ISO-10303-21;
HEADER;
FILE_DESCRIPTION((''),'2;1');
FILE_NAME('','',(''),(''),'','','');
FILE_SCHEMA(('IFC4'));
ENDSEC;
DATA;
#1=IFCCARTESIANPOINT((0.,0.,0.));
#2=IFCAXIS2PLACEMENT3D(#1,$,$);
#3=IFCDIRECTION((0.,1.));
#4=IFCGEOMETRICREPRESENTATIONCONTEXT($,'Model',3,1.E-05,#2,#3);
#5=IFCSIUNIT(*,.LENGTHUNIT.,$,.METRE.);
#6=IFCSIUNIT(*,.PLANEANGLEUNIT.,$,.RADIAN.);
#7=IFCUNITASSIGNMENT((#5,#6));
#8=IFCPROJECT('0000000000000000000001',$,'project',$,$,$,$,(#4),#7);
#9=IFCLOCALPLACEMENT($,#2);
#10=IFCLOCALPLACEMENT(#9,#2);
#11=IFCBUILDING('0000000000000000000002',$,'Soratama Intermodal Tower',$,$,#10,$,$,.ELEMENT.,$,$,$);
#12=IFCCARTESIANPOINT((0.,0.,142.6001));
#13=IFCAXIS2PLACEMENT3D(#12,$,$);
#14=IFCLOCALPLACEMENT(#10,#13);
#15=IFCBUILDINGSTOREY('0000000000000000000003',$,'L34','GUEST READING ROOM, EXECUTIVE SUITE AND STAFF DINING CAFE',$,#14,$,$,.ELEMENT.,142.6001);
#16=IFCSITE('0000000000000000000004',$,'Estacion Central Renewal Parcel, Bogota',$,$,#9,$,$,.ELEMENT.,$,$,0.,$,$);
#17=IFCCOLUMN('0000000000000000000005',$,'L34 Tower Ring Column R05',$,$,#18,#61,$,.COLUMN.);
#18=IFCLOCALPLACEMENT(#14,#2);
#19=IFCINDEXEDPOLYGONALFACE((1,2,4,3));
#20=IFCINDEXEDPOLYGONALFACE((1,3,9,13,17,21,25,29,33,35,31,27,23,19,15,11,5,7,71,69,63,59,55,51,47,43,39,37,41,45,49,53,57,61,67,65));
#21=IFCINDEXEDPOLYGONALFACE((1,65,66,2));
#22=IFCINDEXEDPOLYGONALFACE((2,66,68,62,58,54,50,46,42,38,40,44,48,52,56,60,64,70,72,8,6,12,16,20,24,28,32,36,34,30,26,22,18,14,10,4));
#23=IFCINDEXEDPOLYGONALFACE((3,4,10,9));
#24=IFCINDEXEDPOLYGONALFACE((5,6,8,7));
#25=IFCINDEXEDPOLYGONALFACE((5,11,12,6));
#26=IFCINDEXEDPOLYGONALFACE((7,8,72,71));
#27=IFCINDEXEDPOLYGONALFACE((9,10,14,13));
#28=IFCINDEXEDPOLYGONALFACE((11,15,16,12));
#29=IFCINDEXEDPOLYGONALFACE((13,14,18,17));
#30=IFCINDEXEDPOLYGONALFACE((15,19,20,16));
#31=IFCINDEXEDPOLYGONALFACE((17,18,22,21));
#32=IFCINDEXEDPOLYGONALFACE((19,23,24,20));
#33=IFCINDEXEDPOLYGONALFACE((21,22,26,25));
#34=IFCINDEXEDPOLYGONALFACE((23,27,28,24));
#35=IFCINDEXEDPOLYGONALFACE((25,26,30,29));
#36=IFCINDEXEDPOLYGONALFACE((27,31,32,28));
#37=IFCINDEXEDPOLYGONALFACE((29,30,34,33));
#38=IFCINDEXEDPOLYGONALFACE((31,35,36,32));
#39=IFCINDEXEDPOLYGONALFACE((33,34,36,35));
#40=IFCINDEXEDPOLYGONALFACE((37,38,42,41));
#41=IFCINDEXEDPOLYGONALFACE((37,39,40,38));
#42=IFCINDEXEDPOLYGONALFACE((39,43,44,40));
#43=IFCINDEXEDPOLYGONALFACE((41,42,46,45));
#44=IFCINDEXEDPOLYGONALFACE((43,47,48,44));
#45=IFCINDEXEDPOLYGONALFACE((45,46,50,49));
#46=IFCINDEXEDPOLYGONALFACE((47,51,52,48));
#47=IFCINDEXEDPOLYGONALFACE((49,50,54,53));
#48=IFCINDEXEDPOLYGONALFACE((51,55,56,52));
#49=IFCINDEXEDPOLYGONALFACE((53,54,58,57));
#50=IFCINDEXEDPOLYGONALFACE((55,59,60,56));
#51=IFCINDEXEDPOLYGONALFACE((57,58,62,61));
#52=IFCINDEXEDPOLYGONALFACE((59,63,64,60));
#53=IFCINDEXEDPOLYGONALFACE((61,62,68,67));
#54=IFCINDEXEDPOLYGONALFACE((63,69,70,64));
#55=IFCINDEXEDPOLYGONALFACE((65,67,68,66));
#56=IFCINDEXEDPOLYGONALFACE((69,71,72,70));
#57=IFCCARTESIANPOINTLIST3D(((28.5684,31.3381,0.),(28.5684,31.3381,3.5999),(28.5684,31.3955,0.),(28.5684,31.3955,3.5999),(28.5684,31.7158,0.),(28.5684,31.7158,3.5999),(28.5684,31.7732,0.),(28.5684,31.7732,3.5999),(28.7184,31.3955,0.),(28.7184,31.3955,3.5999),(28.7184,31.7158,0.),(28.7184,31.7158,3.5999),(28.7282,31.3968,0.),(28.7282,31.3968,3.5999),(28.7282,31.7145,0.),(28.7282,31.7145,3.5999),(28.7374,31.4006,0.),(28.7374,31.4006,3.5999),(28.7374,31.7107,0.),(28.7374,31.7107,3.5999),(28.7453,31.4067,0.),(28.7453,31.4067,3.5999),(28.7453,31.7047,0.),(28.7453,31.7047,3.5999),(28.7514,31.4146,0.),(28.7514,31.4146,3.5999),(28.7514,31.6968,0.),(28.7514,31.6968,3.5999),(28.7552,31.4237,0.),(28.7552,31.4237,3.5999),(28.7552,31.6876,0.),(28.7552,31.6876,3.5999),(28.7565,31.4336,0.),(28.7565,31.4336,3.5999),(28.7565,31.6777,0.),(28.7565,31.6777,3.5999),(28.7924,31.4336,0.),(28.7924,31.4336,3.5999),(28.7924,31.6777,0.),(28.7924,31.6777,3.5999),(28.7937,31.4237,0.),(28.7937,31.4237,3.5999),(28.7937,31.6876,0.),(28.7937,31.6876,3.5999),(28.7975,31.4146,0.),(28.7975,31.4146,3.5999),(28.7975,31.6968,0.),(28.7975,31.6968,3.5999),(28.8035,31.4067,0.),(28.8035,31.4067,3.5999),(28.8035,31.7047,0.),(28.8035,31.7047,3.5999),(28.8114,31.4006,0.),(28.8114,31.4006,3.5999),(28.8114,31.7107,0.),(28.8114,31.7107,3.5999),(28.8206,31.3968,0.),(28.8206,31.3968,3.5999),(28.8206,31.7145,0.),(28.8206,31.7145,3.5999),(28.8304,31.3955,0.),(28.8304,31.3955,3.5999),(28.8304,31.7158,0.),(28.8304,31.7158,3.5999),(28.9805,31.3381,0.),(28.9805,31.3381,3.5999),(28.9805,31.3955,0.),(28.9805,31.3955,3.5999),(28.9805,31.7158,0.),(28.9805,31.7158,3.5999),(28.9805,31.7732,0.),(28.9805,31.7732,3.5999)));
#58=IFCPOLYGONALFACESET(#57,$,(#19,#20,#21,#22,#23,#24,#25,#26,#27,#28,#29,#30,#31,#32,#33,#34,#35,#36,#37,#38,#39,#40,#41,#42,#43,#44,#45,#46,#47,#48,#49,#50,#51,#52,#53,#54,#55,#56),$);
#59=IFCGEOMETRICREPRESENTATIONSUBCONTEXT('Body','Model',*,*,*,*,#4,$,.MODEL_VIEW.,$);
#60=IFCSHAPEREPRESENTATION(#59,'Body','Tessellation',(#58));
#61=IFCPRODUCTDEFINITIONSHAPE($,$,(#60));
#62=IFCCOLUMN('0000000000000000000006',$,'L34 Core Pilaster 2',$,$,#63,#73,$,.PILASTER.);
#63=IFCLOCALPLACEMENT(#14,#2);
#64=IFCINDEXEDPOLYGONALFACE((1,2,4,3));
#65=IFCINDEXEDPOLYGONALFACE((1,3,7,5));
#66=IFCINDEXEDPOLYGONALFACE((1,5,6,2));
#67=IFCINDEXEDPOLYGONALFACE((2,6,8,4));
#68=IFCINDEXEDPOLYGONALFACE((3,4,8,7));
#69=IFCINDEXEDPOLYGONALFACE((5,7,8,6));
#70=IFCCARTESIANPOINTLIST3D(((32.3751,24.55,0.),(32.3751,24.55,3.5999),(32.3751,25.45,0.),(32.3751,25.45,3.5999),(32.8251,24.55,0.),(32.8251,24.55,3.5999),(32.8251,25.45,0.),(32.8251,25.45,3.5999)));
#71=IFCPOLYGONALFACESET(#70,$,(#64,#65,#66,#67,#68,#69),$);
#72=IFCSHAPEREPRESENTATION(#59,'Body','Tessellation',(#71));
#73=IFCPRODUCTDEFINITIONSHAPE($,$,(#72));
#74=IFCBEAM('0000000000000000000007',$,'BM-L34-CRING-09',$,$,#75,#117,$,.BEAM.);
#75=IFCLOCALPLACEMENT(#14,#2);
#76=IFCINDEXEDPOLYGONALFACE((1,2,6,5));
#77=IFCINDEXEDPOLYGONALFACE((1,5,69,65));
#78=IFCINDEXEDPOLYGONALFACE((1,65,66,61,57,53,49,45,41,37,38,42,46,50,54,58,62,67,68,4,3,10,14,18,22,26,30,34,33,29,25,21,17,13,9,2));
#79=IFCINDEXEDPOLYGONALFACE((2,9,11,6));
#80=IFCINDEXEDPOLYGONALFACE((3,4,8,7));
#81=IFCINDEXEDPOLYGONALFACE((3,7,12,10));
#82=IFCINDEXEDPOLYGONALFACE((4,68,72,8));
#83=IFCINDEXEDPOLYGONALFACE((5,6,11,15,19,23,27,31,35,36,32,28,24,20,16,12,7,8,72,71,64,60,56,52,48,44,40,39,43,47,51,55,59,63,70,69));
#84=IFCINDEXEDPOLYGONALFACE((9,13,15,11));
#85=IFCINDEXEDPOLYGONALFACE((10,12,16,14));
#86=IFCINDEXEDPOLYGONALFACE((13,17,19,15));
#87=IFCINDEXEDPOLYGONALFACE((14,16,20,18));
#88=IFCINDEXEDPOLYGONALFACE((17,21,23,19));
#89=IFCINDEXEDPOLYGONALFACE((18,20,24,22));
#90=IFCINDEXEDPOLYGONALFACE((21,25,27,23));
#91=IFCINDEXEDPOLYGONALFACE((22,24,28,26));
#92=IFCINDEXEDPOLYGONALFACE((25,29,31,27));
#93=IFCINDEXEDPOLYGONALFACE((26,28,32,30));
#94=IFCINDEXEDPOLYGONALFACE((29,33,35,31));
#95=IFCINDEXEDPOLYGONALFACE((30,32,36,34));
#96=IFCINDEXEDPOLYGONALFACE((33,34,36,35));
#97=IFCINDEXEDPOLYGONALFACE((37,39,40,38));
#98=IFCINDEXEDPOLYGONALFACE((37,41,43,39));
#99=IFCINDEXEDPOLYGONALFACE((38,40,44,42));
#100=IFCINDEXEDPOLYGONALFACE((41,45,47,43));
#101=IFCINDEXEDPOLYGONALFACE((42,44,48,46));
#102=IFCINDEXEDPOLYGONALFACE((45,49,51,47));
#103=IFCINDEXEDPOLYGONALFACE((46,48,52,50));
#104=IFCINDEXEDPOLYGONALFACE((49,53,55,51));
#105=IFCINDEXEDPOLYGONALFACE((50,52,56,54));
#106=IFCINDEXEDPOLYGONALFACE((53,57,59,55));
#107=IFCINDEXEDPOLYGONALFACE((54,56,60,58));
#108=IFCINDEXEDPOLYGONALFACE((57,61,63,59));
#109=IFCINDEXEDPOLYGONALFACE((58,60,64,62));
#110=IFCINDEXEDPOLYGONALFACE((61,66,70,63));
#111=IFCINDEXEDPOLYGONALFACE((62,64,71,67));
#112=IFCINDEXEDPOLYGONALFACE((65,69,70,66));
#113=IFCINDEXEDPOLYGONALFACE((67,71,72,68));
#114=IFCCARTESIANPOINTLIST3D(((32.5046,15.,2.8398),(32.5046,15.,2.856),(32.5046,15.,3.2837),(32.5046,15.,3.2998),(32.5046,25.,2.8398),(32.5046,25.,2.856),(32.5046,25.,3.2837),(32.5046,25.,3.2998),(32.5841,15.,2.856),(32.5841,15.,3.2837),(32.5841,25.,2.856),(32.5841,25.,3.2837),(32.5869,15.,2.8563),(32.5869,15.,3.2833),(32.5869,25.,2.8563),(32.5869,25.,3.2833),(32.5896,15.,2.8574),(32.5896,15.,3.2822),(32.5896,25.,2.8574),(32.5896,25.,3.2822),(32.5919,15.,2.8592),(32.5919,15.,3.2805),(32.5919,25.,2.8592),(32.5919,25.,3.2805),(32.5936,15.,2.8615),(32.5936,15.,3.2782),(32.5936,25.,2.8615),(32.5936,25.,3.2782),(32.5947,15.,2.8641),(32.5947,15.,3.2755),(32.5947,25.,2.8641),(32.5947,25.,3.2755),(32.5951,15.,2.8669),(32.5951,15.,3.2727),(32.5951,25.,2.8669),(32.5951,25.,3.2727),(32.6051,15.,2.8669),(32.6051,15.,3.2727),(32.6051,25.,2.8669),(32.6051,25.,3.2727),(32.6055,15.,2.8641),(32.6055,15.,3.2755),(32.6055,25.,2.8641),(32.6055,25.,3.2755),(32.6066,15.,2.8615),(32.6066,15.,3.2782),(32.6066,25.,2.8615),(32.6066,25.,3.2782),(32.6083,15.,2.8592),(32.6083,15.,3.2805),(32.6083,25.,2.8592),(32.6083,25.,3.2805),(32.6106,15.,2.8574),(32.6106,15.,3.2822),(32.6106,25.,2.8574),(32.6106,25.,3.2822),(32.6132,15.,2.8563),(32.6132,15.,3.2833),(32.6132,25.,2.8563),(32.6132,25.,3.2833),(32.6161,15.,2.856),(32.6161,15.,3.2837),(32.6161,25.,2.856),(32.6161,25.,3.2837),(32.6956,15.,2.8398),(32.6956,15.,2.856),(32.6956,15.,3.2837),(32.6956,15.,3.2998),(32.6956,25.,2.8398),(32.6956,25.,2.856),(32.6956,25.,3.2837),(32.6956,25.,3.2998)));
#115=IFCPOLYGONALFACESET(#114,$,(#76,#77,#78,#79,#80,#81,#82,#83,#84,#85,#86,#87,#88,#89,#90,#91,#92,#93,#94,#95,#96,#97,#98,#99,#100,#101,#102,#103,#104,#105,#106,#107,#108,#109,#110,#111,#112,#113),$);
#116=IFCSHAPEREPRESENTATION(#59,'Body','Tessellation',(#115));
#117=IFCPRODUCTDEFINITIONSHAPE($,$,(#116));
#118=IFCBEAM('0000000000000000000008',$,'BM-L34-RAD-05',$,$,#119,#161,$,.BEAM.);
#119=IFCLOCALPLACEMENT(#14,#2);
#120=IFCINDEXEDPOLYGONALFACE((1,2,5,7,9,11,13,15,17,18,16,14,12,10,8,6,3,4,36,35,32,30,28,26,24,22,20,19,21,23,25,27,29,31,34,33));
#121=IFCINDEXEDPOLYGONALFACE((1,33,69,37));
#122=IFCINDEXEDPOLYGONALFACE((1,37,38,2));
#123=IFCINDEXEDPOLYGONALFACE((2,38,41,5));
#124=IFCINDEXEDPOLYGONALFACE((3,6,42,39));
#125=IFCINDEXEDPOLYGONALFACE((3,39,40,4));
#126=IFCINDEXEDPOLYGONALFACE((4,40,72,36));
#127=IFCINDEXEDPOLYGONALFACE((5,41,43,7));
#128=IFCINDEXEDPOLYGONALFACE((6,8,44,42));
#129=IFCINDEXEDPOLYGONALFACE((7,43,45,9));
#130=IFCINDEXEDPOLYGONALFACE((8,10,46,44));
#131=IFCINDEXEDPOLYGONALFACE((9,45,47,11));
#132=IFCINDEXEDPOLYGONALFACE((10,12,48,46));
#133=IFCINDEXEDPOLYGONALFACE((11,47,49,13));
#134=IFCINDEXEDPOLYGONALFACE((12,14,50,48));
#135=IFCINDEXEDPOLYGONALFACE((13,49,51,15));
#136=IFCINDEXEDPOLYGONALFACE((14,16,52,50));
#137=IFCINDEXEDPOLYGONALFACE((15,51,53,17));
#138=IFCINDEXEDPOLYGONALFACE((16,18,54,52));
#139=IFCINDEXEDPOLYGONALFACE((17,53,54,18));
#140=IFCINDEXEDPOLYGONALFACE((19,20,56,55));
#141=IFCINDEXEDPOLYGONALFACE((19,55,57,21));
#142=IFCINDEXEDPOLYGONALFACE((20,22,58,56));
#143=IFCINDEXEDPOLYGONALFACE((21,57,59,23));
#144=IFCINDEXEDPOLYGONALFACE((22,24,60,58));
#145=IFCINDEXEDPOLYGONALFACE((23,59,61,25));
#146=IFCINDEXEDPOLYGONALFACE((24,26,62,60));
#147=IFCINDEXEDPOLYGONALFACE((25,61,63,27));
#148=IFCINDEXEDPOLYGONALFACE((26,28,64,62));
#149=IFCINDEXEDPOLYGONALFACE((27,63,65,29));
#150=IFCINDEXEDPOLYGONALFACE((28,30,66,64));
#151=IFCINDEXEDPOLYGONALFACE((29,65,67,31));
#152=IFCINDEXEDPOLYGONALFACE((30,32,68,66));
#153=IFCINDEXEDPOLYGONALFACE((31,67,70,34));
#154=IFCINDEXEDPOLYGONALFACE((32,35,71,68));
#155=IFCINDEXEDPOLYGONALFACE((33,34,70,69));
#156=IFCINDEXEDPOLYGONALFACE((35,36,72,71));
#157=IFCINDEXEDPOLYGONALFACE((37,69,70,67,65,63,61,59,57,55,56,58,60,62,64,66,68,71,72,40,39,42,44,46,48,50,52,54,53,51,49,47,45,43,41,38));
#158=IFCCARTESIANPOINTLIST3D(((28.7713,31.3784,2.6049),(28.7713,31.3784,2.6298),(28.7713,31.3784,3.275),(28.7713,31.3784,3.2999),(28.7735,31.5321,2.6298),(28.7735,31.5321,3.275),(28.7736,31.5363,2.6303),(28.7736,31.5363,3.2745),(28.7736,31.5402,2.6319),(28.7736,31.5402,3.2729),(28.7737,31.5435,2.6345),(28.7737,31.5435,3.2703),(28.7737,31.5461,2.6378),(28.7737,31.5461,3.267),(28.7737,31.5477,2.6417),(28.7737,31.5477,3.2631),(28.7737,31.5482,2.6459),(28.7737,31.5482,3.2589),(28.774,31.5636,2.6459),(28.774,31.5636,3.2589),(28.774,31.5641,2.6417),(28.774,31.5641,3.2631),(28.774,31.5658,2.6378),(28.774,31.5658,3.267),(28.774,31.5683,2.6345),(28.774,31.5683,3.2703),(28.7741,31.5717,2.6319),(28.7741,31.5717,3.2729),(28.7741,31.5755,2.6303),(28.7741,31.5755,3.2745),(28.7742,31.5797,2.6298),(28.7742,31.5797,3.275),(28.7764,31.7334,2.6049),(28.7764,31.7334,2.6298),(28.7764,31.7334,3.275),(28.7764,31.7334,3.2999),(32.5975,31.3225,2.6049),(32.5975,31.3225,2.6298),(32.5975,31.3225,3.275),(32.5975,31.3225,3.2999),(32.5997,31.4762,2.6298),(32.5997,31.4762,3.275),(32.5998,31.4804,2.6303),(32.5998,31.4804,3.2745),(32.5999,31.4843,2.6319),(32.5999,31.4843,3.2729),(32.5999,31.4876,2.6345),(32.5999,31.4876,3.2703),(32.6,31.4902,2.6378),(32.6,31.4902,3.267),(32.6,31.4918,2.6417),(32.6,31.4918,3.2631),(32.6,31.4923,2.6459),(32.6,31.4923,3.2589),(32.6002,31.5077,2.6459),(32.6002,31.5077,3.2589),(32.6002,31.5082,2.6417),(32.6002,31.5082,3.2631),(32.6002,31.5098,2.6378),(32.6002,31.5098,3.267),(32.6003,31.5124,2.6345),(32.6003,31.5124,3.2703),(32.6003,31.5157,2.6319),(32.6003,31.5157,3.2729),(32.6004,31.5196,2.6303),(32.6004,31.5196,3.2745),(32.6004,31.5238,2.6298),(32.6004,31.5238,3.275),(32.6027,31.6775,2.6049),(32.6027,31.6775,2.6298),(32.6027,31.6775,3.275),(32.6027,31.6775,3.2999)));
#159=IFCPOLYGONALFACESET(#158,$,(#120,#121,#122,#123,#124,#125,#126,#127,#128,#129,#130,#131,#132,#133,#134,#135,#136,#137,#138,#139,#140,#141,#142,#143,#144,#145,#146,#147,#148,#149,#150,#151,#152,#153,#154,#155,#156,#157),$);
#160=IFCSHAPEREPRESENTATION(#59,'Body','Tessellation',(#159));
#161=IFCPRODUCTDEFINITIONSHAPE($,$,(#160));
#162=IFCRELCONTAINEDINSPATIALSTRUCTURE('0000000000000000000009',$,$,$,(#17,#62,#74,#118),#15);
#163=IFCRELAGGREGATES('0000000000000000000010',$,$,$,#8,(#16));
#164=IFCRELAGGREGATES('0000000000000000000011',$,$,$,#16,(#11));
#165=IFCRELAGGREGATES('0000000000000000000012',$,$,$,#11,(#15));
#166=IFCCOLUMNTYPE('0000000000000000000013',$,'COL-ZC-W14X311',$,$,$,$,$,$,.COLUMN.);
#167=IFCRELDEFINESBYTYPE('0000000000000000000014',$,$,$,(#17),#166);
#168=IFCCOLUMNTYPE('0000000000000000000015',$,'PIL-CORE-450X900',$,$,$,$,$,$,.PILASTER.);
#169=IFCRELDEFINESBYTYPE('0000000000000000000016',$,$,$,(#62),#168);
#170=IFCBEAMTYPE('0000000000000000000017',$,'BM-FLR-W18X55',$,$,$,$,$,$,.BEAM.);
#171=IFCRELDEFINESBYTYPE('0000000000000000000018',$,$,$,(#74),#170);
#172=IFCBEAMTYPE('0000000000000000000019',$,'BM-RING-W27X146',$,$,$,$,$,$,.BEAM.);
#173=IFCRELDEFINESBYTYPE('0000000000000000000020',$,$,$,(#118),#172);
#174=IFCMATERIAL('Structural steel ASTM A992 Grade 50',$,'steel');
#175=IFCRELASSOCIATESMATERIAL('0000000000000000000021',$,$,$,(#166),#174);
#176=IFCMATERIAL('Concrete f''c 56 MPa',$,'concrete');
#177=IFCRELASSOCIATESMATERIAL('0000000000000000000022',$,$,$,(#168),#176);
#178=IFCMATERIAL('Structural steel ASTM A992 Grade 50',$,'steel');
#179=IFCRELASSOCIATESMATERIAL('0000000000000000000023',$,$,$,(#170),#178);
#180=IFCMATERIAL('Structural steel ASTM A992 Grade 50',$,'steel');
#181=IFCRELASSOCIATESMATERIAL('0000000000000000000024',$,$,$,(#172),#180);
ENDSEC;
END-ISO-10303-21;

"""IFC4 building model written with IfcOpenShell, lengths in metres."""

from ifc_helpers import new_model, si_unit, direction, frame, origin, origin_2d, place, context, subcontext, project, spatial, rectangle, i_section, extrude, material, material_profile, profile_set, type_object, element, save


model = new_model("IFC4")

# Units and contexts
model_context = context("Model", 3, precision=1e-05, world=origin(), true_north=direction((0.0, 1.0)))
body_context = subcontext(model_context, "Body", "Model", "MODEL_VIEW")
ifc_project = project(units=[si_unit("LENGTHUNIT", "METRE"), si_unit("PLANEANGLEUNIT", "RADIAN")], contexts=[model_context])

# Site, building, storey
site_placement = place(None, origin())
site = spatial("IfcSite", under=ifc_project, at=site_placement, Name="Estacion Central Renewal Parcel, Bogota", CompositionType="ELEMENT", RefElevation=0.0)
building_placement = place(site_placement, origin())
building = spatial("IfcBuilding", under=site, at=building_placement, Name="Soratama Intermodal Tower", CompositionType="ELEMENT")
storey_placement = place(building_placement, frame((0.0, 0.0, 142.6001)))
storey = spatial("IfcBuildingStorey", under=building, at=storey_placement, Name="L34", Description="GUEST READING ROOM, EXECUTIVE SUITE AND STAFF DINING CAFE", CompositionType="ELEMENT", Elevation=142.6001)

# Columns
ifc_material_1 = material(Name="Structural steel ASTM A992 Grade 50", Category="steel")
ifc_material_profile_1 = material_profile(ifc_material_1, i_section(OverallWidth=0.4121, OverallDepth=0.4351, WebThickness=0.0359, FlangeThickness=0.0574, FilletRadius=0.0381, at=origin_2d()), Name="W14X311")
ifc_profile_set_1 = profile_set([ifc_material_profile_1], Name="Structural steel ASTM A992 Grade 50")
column_type_1 = type_object("IfcColumnType", Name="COL-ZC-W14X311", PredefinedType="COLUMN", material=ifc_profile_set_1)
column_1_placement = place(storey_placement, frame((28.7744, 31.5557, 0.0), z_axis=(0.0, 0.0, 1.0), x_axis=(1.0, 0.0, 0.0)))
element("IfcColumn", 1, at=column_1_placement, inside=storey, type_object=column_type_1, Name="L34 Tower Ring Column R05", PredefinedType="COLUMN", context=body_context, shape_type="SweptSolid", body=[
    extrude(i_section(OverallWidth=0.4121, OverallDepth=0.4351, WebThickness=0.0359, FlangeThickness=0.0574, FilletRadius=0.0381, at=origin_2d()), origin(), (0.0, 0.0, 1.0), 3.5999),
])
ifc_material_2 = material(Name="Concrete f'c 56 MPa", Category="concrete")
ifc_material_profile_2 = material_profile(ifc_material_2, rectangle(XDim=0.45, YDim=0.8999, at=origin_2d()), Name="RC450X900")
ifc_profile_set_2 = profile_set([ifc_material_profile_2], Name="Concrete f'c 56 MPa")
column_type_2 = type_object("IfcColumnType", Name="PIL-CORE-450X900", PredefinedType="PILASTER", material=ifc_profile_set_2)
column_2_placement = place(storey_placement, frame((32.6001, 25.0, 0.0), z_axis=(0.0, 0.0, 1.0), x_axis=(1.0, 0.0, 0.0)))
element("IfcColumn", 2, at=column_2_placement, inside=storey, type_object=column_type_2, Name="L34 Core Pilaster 2", PredefinedType="PILASTER", context=body_context, shape_type="SweptSolid", body=[
    extrude(rectangle(XDim=0.45, YDim=0.8999, at=origin_2d()), origin(), (0.0, 0.0, 1.0), 3.5999),
])

# Beams
ifc_material_3 = material(Name="Structural steel ASTM A992 Grade 50", Category="steel")
ifc_material_profile_3 = material_profile(ifc_material_3, i_section(OverallWidth=0.1909, OverallDepth=0.46, WebThickness=0.01, FlangeThickness=0.0161, FilletRadius=0.011, at=origin_2d()), Name="W18X55")
ifc_profile_set_3 = profile_set([ifc_material_profile_3], Name="Structural steel ASTM A992 Grade 50")
beam_type_1 = type_object("IfcBeamType", Name="BM-FLR-W18X55", PredefinedType="BEAM", material=ifc_profile_set_3)
beam_1_placement = place(storey_placement, frame((32.6001, 25.0, 3.0698), z_axis=(0.0, -1.0, 0.0), x_axis=(1.0, 0.0, 0.0)))
element("IfcBeam", 3, at=beam_1_placement, inside=storey, type_object=beam_type_1, Name="BM-L34-CRING-09", PredefinedType="BEAM", context=body_context, shape_type="SweptSolid", body=[
    extrude(i_section(OverallWidth=0.1909, OverallDepth=0.46, WebThickness=0.01, FlangeThickness=0.0161, FilletRadius=0.011, at=origin_2d()), origin(), (0.0, 0.0, 1.0), 10.0),
])
ifc_material_4 = material(Name="Structural steel ASTM A992 Grade 50", Category="steel")
ifc_material_profile_4 = material_profile(ifc_material_4, i_section(OverallWidth=0.355, OverallDepth=0.6951, WebThickness=0.0154, FlangeThickness=0.0249, FilletRadius=0.0161, at=origin_2d()), Name="W27X146")
ifc_profile_set_4 = profile_set([ifc_material_profile_4], Name="Structural steel ASTM A992 Grade 50")
beam_type_2 = type_object("IfcBeamType", Name="BM-RING-W27X146", PredefinedType="BEAM", material=ifc_profile_set_4)
beam_2_placement = place(storey_placement, frame((32.6001, 31.5, 2.9524), z_axis=(-0.999893, 0.01461, 0.0), x_axis=(-0.01461, -0.999893, 0.0)))
element("IfcBeam", 4, at=beam_2_placement, inside=storey, type_object=beam_type_2, Name="BM-L34-RAD-05", PredefinedType="BEAM", context=body_context, shape_type="SweptSolid", body=[
    extrude(i_section(OverallWidth=0.355, OverallDepth=0.6951, WebThickness=0.0154, FlangeThickness=0.0249, FilletRadius=0.0161, at=origin_2d()), origin(), (0.0, 0.0, 1.0), 3.8267),
])

save(model, "model.ifc")
